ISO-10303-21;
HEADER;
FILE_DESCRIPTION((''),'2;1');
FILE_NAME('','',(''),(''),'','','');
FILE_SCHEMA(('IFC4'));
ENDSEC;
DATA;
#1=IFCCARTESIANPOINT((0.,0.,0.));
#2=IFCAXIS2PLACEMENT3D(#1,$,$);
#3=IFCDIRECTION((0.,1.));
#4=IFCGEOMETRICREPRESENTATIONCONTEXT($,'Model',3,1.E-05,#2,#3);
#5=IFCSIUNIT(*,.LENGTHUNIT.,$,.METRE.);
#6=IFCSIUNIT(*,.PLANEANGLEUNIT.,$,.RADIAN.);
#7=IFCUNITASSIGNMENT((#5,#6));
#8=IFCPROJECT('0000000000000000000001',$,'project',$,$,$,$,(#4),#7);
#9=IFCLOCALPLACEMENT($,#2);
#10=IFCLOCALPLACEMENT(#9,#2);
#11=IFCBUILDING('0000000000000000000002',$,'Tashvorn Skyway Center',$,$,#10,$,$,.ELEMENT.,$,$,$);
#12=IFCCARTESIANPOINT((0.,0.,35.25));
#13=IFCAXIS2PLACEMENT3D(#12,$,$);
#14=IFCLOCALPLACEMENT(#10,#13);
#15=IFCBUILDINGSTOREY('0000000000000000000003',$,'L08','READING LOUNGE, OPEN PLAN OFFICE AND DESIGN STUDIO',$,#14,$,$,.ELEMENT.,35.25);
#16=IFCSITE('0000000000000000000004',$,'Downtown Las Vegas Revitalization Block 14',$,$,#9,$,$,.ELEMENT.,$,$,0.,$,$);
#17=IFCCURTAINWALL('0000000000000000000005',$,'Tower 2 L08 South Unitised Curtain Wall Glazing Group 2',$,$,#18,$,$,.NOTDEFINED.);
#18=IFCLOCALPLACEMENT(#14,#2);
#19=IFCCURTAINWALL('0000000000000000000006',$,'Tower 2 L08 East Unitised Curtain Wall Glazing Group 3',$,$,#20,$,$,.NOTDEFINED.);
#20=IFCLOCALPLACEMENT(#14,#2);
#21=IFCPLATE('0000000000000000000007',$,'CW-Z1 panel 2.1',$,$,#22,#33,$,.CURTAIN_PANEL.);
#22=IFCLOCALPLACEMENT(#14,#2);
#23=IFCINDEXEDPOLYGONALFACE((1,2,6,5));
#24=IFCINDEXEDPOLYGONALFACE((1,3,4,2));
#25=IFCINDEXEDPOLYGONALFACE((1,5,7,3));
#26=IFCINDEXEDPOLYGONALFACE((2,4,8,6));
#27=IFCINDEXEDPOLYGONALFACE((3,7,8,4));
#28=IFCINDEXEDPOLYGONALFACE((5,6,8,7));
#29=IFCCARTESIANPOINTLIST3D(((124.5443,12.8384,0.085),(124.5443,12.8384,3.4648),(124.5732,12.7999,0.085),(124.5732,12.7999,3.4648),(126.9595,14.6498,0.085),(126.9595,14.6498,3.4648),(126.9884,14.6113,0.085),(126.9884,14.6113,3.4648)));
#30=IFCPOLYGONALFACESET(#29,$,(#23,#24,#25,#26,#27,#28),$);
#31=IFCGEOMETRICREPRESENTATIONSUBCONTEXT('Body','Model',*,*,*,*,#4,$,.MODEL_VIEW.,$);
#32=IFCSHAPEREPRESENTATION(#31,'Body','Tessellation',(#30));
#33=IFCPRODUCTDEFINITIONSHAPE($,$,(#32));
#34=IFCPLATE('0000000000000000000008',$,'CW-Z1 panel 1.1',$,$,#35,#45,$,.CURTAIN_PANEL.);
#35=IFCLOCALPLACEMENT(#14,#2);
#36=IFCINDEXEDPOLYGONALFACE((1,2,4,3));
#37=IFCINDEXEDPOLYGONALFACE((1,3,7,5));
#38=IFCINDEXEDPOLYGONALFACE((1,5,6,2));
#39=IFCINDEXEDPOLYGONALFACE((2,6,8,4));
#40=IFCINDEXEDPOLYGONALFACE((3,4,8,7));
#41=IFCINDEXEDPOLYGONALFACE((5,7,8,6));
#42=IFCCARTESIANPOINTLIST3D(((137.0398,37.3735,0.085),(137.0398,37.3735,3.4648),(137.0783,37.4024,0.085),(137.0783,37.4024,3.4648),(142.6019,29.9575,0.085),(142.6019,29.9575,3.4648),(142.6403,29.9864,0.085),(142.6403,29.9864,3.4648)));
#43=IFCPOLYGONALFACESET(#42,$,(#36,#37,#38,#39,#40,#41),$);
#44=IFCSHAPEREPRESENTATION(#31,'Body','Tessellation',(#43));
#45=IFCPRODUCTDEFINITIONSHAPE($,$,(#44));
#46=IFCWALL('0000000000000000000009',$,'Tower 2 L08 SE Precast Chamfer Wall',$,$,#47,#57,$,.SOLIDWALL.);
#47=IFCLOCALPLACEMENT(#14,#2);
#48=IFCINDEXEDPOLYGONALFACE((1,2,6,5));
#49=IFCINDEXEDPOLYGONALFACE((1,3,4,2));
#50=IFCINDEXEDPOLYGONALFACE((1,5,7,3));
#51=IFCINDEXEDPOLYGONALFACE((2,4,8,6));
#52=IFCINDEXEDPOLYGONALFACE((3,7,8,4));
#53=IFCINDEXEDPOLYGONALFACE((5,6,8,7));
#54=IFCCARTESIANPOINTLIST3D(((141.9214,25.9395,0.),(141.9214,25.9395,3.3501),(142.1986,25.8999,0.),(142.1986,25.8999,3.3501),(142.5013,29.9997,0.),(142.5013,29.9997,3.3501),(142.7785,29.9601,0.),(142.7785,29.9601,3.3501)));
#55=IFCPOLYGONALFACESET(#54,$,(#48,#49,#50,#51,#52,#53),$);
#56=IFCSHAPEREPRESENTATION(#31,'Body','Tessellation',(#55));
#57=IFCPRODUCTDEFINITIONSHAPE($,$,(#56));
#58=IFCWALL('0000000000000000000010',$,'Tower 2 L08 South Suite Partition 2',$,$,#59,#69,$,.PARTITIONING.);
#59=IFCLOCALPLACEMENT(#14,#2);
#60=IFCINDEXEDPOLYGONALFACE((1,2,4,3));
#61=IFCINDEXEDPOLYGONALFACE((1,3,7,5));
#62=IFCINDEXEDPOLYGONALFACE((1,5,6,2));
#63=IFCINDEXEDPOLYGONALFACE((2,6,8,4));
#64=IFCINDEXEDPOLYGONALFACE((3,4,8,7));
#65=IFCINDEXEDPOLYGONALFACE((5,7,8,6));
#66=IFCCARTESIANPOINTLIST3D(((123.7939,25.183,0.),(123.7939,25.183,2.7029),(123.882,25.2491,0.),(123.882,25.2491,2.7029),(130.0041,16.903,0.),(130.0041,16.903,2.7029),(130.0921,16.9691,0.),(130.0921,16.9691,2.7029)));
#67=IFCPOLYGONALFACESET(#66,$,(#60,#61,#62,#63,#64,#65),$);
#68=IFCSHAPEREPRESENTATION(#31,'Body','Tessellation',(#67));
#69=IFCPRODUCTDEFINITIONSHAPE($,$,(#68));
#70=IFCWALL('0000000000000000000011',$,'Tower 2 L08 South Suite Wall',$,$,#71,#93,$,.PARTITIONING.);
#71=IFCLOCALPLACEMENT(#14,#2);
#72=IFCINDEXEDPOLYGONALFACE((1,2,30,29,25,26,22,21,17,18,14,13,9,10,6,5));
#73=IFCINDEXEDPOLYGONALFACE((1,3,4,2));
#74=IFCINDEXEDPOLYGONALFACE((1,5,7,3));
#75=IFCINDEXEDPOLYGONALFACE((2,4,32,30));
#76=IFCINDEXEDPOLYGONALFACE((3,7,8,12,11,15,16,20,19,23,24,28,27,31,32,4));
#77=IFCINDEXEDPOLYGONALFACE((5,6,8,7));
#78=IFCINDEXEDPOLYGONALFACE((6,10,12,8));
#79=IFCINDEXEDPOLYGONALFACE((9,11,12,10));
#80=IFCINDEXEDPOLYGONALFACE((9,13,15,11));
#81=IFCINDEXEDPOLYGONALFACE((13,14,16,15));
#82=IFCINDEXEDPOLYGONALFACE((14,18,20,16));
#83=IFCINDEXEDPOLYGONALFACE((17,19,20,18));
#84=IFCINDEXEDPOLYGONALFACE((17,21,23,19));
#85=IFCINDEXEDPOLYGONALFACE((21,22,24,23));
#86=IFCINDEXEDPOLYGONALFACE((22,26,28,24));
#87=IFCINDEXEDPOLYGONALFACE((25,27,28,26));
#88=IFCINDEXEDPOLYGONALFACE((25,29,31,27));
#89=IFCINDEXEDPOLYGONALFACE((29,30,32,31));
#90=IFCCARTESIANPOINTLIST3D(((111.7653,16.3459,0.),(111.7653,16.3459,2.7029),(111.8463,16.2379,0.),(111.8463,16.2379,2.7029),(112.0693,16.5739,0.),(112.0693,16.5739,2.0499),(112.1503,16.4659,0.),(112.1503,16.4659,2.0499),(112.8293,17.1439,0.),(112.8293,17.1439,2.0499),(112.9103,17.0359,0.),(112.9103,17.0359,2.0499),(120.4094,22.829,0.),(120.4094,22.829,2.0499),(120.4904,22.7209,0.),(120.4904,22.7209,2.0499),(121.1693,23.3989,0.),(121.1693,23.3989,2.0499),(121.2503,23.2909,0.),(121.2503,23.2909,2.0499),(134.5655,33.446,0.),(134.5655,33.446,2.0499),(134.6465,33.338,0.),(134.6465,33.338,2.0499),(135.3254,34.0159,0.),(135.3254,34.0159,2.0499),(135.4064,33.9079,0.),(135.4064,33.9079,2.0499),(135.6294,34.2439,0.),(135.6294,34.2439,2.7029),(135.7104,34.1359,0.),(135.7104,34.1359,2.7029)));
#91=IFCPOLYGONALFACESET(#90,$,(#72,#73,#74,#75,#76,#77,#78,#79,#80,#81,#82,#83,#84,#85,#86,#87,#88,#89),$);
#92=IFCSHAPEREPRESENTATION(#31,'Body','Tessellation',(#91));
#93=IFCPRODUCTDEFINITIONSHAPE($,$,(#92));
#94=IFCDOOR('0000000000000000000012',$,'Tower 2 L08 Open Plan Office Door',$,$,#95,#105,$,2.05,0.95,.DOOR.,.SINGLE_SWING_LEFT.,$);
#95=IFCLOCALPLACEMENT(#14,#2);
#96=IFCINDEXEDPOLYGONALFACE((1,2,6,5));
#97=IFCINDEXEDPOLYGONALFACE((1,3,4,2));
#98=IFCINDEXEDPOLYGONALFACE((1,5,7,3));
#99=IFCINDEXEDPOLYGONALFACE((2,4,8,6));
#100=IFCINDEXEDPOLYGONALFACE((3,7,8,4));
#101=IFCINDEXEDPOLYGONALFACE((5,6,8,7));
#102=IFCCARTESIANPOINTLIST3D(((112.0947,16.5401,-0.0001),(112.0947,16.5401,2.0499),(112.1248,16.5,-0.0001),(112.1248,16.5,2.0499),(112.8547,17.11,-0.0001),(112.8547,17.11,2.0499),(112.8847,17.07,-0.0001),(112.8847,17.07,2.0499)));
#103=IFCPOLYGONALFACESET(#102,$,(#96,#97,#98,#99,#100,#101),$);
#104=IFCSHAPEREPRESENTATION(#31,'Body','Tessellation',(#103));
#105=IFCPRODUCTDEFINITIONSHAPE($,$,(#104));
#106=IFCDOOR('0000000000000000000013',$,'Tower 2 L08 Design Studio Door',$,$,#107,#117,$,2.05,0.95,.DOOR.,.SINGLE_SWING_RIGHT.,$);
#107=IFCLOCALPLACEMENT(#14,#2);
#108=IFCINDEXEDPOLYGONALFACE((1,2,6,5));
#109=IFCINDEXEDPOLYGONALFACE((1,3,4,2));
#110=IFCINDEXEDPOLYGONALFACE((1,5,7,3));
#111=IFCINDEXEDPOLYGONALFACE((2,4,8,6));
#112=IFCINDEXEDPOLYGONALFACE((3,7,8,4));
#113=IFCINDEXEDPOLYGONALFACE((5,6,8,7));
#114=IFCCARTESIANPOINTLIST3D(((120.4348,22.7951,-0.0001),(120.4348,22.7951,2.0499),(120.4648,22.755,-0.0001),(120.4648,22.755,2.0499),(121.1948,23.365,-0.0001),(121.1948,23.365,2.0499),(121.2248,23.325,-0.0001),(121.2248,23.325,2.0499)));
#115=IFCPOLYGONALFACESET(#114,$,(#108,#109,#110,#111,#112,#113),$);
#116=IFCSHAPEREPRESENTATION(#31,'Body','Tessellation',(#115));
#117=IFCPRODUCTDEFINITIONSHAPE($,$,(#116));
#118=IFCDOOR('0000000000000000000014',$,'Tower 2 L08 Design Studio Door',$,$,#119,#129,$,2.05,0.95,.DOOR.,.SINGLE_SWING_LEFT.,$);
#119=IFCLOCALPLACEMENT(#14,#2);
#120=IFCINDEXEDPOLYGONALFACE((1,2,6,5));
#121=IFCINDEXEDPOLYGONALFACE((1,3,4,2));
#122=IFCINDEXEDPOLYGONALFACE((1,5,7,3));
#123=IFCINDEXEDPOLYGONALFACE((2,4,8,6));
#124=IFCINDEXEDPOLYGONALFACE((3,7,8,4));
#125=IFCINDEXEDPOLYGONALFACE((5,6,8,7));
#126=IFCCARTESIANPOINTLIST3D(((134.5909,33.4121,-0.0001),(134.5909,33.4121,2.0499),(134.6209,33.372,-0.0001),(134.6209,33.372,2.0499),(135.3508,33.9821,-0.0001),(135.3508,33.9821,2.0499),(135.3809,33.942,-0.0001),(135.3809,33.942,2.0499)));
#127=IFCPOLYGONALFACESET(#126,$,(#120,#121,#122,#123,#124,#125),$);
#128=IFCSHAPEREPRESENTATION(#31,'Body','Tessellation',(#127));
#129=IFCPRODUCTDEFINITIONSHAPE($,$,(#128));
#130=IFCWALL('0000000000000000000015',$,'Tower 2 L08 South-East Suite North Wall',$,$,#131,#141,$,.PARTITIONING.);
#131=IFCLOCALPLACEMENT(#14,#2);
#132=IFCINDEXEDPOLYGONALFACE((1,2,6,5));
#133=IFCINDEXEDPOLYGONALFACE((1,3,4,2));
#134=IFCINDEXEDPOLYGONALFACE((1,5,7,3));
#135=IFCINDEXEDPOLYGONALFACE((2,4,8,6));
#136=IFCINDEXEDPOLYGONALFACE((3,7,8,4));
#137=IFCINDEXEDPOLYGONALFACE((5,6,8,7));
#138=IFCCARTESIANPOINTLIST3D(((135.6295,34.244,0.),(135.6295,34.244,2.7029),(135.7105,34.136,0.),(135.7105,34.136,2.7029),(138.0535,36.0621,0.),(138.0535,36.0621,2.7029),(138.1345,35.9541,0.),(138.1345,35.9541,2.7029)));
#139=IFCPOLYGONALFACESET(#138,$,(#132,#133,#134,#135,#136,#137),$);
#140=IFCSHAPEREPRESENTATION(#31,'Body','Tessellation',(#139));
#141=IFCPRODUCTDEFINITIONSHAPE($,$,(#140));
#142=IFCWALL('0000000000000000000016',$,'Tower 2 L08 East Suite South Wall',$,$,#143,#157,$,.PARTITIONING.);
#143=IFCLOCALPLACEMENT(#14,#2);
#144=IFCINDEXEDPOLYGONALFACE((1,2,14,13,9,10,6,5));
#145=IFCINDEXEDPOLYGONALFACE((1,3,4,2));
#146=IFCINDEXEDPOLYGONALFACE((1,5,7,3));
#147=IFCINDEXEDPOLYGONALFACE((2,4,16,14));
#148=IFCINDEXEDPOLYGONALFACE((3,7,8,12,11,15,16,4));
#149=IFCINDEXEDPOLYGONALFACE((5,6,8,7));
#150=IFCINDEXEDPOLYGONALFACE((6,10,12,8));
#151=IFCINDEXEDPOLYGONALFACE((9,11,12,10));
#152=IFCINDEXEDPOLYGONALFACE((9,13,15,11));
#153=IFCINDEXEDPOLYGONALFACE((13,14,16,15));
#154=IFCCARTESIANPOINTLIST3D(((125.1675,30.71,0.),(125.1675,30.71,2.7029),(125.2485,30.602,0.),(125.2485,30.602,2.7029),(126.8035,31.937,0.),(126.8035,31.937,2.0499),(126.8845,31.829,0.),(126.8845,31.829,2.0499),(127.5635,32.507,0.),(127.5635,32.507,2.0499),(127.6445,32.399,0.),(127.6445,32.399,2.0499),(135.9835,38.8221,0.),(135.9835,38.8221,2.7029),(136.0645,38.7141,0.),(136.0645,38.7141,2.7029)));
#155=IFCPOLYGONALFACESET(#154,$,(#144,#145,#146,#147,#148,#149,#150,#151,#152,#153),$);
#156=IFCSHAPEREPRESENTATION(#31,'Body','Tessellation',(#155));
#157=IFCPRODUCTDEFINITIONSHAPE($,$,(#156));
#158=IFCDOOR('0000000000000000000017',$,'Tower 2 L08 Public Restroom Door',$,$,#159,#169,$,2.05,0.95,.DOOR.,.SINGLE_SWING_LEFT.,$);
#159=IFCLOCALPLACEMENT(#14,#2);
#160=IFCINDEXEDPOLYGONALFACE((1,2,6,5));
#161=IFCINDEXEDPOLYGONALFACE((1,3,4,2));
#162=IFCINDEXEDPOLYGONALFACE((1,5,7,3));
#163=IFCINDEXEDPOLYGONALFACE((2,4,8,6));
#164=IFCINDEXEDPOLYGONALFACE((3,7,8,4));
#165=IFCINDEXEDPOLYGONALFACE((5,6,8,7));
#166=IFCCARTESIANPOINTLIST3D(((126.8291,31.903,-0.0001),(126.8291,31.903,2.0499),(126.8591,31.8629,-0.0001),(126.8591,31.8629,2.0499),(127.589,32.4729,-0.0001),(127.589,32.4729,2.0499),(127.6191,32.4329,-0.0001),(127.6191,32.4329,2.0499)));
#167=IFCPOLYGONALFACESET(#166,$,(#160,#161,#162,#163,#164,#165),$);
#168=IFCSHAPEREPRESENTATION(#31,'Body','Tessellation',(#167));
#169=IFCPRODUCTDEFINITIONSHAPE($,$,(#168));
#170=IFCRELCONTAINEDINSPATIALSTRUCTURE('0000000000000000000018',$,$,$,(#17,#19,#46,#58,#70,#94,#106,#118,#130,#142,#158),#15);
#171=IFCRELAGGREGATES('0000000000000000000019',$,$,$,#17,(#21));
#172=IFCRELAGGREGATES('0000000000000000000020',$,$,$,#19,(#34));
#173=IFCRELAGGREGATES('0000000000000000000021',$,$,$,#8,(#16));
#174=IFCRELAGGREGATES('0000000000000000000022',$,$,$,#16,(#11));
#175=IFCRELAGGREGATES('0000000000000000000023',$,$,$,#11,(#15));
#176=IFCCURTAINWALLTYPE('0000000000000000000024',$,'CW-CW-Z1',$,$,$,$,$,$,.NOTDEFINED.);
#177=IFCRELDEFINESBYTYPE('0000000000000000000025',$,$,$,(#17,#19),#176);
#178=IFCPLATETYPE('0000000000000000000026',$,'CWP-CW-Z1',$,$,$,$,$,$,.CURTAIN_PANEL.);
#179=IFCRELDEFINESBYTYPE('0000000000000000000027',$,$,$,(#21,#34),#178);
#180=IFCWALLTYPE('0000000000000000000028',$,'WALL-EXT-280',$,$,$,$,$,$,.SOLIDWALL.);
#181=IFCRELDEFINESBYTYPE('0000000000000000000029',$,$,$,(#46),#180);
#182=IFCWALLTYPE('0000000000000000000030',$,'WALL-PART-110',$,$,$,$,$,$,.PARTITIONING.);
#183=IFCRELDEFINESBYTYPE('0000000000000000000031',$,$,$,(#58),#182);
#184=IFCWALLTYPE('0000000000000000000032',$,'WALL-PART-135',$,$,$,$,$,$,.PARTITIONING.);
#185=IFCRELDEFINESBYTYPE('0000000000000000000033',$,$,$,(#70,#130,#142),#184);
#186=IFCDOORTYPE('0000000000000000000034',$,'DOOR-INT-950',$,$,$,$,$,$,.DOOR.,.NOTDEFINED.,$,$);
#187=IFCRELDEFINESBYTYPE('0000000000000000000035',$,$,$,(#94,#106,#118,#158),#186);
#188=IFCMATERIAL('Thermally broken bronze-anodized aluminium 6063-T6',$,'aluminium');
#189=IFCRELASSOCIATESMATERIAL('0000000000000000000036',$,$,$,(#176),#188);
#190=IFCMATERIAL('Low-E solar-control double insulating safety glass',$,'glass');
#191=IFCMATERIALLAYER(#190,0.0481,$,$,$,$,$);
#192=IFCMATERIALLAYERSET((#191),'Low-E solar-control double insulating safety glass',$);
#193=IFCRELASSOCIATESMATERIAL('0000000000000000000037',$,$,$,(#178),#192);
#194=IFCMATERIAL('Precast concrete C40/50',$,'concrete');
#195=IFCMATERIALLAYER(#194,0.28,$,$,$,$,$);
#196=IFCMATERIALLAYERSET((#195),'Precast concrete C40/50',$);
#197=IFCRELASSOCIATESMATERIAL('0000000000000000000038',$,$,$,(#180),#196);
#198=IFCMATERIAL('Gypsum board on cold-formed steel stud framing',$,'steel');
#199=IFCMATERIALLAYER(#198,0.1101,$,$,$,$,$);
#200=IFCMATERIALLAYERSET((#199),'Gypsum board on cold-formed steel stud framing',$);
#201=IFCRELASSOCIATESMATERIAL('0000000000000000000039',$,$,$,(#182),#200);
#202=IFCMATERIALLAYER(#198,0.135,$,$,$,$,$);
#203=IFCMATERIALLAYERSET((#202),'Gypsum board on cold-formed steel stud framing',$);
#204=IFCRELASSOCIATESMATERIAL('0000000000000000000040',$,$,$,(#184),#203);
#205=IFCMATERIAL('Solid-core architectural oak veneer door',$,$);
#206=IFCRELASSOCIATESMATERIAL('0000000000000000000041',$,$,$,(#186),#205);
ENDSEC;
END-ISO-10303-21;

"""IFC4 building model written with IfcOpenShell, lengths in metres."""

from ifc_helpers import new_model, si_unit, direction, frame, frame_2d, origin, origin_2d, place, context, subcontext, project, spatial, rectangle, extrude, material, layer, layer_set, type_object, element, fill, aggregate, save


model = new_model("IFC4")

# Units and contexts
model_context = context("Model", 3, precision=1e-05, world=origin(), true_north=direction((0.0, 1.0)))
body_context = subcontext(model_context, "Body", "Model", "MODEL_VIEW")
ifc_project = project(units=[si_unit("LENGTHUNIT", "METRE"), si_unit("PLANEANGLEUNIT", "RADIAN")], contexts=[model_context])

# Site, building, storey
site_placement = place(None, origin())
site = spatial("IfcSite", under=ifc_project, at=site_placement, Name="Downtown Las Vegas Revitalization Block 14", CompositionType="ELEMENT", RefElevation=0.0)
building_placement = place(site_placement, origin())
building = spatial("IfcBuilding", under=site, at=building_placement, Name="Tashvorn Skyway Center", CompositionType="ELEMENT")
storey_placement = place(building_placement, frame((0.0, 0.0, 35.25)))
storey = spatial("IfcBuildingStorey", under=building, at=storey_placement, Name="L08", Description="READING LOUNGE, OPEN PLAN OFFICE AND DESIGN STUDIO", CompositionType="ELEMENT", Elevation=35.25)

# Curtain wall
ifc_material_1 = material(Name="Thermally broken bronze-anodized aluminium 6063-T6", Category="aluminium")
curtain_wall_type = type_object("IfcCurtainWallType", Name="CW-CW-Z1", PredefinedType="NOTDEFINED", material=ifc_material_1)
curtain_wall_1_placement = place(storey_placement, origin())
curtain_wall_1 = element("IfcCurtainWall", 1, at=curtain_wall_1_placement, inside=storey, type_object=curtain_wall_type, Name="Tower 2 L08 South Unitised Curtain Wall Glazing Group 2", PredefinedType="NOTDEFINED")

# Curtain wall
curtain_wall_2_placement = place(storey_placement, origin())
curtain_wall_2 = element("IfcCurtainWall", 2, at=curtain_wall_2_placement, inside=storey, type_object=curtain_wall_type, Name="Tower 2 L08 East Unitised Curtain Wall Glazing Group 3", PredefinedType="NOTDEFINED")

# Plates
ifc_material_2 = material(Name="Low-E solar-control double insulating safety glass", Category="glass")
ifc_layer_1 = layer(ifc_material_2, 0.0481)
ifc_layer_set_1 = layer_set([ifc_layer_1], Name="Low-E solar-control double insulating safety glass")
plate_type = type_object("IfcPlateType", Name="CWP-CW-Z1", PredefinedType="CURTAIN_PANEL", material=ifc_layer_set_1)
plate_1_placement = place(storey_placement, frame((125.7664, 13.7249, 0.085), z_axis=(0.0, 0.0, 1.0), x_axis=(-0.799996, -0.600005, 0.0)))
plate_1 = element("IfcPlate", 3, at=plate_1_placement, type_object=plate_type, Name="CW-Z1 panel 2.1", PredefinedType="CURTAIN_PANEL", context=body_context, shape_type="SweptSolid", body=[
    extrude(rectangle(XDim=3.019, YDim=0.0481, at=origin_2d()), origin(), (0.0, 0.0, 1.0), 3.3799),
])
aggregate(curtain_wall_1, [plate_1])
plate_2_placement = place(storey_placement, frame((139.8401, 33.6799, 0.085), z_axis=(0.0, 0.0, 1.0), x_axis=(0.6, -0.8, 0.0)))
plate_2 = element("IfcPlate", 4, at=plate_2_placement, type_object=plate_type, Name="CW-Z1 panel 1.1", PredefinedType="CURTAIN_PANEL", context=body_context, shape_type="SweptSolid", body=[
    extrude(rectangle(XDim=9.27, YDim=0.0481, at=origin_2d()), origin(), (0.0, 0.0, 1.0), 3.3799),
])
aggregate(curtain_wall_2, [plate_2])

# Walls
ifc_material_3 = material(Name="Precast concrete C40/50", Category="concrete")
ifc_layer_2 = layer(ifc_material_3, 0.28)
ifc_layer_set_2 = layer_set([ifc_layer_2], Name="Precast concrete C40/50")
wall_type_1 = type_object("IfcWallType", Name="WALL-EXT-280", PredefinedType="SOLIDWALL", material=ifc_layer_set_2)
wall_1_placement = place(storey_placement, frame((142.6399, 29.98, 0.0), z_axis=(0.0, 0.0, 1.0), x_axis=(-0.14138, -0.989955, 0.0)))
element("IfcWall", 5, at=wall_1_placement, inside=storey, type_object=wall_type_1, Name="Tower 2 L08 SE Precast Chamfer Wall", PredefinedType="SOLIDWALL", context=body_context, shape_type="SweptSolid", body=[
    extrude(rectangle(XDim=4.1013, YDim=0.28, at=frame_2d((2.0508, 0.0))), origin(), (0.0, 0.0, 1.0), 3.3501),
])
ifc_material_4 = material(Name="Gypsum board on cold-formed steel stud framing", Category="steel")
ifc_layer_3 = layer(ifc_material_4, 0.1101)
ifc_layer_set_3 = layer_set([ifc_layer_3], Name="Gypsum board on cold-formed steel stud framing")
wall_type_2 = type_object("IfcWallType", Name="WALL-PART-110", PredefinedType="PARTITIONING", material=ifc_layer_set_3)
wall_2_placement = place(storey_placement, frame((130.0481, 16.936, 0.0), z_axis=(0.0, 0.0, 1.0), x_axis=(-0.600011, 0.799992, 0.0)))
element("IfcWall", 6, at=wall_2_placement, inside=storey, type_object=wall_type_2, Name="Tower 2 L08 South Suite Partition 2", PredefinedType="PARTITIONING", context=body_context, shape_type="SweptSolid", body=[
    extrude(rectangle(XDim=10.3501, YDim=0.1101, at=frame_2d((5.175, 0.0))), origin(), (0.0, 0.0, 1.0), 2.7029),
])

# Wall, openings, doors
ifc_layer_4 = layer(ifc_material_4, 0.135)
ifc_layer_set_4 = layer_set([ifc_layer_4], Name="Gypsum board on cold-formed steel stud framing")
wall_type_3 = type_object("IfcWallType", Name="WALL-PART-135", PredefinedType="PARTITIONING", material=ifc_layer_set_4)
wall_3_placement = place(storey_placement, frame((135.6699, 34.1899, 0.0), z_axis=(0.0, 0.0, 1.0), x_axis=(-0.800001, -0.599999, 0.0)))
wall_3 = element("IfcWall", 7, at=wall_3_placement, inside=storey, type_object=wall_type_3, Name="Tower 2 L08 South Suite Wall", PredefinedType="PARTITIONING", context=body_context, shape_type="SweptSolid", body=[
    extrude(rectangle(XDim=29.8301, YDim=0.135, at=frame_2d((14.915, 0.0))), origin(), (0.0, 0.0, 1.0), 2.7029),
])
opening_1_placement = place(wall_3_placement, frame((28.5, 0.0, 0.0)))
opening_1 = element("IfcOpeningElement", 8, at=opening_1_placement, cuts=wall_3, PredefinedType="OPENING", context=body_context, shape_type="SweptSolid", body=[
    extrude(rectangle(XDim=0.95, YDim=2.05, at=frame_2d((0.4751, 1.0249))), frame((0.0, 0.0774, 0.0), z_axis=(0.0, -1.0, 0.0), x_axis=(1.0, 0.0, 0.0)), (0.0, 0.0, 1.0), 0.155),
])
opening_2_placement = place(wall_3_placement, frame((18.075, 0.0, 0.0)))
opening_2 = element("IfcOpeningElement", 9, at=opening_2_placement, cuts=wall_3, PredefinedType="OPENING", context=body_context, shape_type="SweptSolid", body=[
    extrude(rectangle(XDim=0.95, YDim=2.05, at=frame_2d((0.4751, 1.0249))), frame((0.0, 0.0774, 0.0), z_axis=(0.0, -1.0, 0.0), x_axis=(1.0, 0.0, 0.0)), (0.0, 0.0, 1.0), 0.155),
])
opening_3_placement = place(wall_3_placement, frame((0.3799, 0.0, 0.0)))
opening_3 = element("IfcOpeningElement", 10, at=opening_3_placement, cuts=wall_3, PredefinedType="OPENING", context=body_context, shape_type="SweptSolid", body=[
    extrude(rectangle(XDim=0.95, YDim=2.05, at=frame_2d((0.4751, 1.0249))), frame((0.0, 0.0774, 0.0), z_axis=(0.0, -1.0, 0.0), x_axis=(1.0, 0.0, 0.0)), (0.0, 0.0, 1.0), 0.155),
])
ifc_material_5 = material(Name="Solid-core architectural oak veneer door")
door_type = type_object("IfcDoorType", Name="DOOR-INT-950", OperationType="NOTDEFINED", PredefinedType="DOOR", material=ifc_material_5)
door_1_placement = place(opening_1_placement, origin())
door_1 = element("IfcDoor", 11, at=door_1_placement, inside=storey, type_object=door_type, Name="Tower 2 L08 Open Plan Office Door", OperationType="SINGLE_SWING_LEFT", OverallHeight=2.05, OverallWidth=0.95, PredefinedType="DOOR", context=body_context, shape_type="SweptSolid", body=[
    extrude(rectangle(XDim=0.95, YDim=2.05, at=frame_2d((0.4751, 1.0249))), frame((0.0, 0.0249, 0.0), z_axis=(0.0, -1.0, 0.0), x_axis=(1.0, 0.0, 0.0)), (0.0, 0.0, 1.0), 0.05),
])
fill(opening_1, door_1)
door_2_placement = place(opening_2_placement, origin())
door_2 = element("IfcDoor", 12, at=door_2_placement, inside=storey, type_object=door_type, Name="Tower 2 L08 Design Studio Door", OperationType="SINGLE_SWING_RIGHT", OverallHeight=2.05, OverallWidth=0.95, PredefinedType="DOOR", context=body_context, shape_type="SweptSolid", body=[
    extrude(rectangle(XDim=0.95, YDim=2.05, at=frame_2d((0.4751, 1.0249))), frame((0.0, 0.0249, 0.0), z_axis=(0.0, -1.0, 0.0), x_axis=(1.0, 0.0, 0.0)), (0.0, 0.0, 1.0), 0.05),
])
fill(opening_2, door_2)
door_3_placement = place(opening_3_placement, origin())
door_3 = element("IfcDoor", 13, at=door_3_placement, inside=storey, type_object=door_type, Name="Tower 2 L08 Design Studio Door", OperationType="SINGLE_SWING_LEFT", OverallHeight=2.05, OverallWidth=0.95, PredefinedType="DOOR", context=body_context, shape_type="SweptSolid", body=[
    extrude(rectangle(XDim=0.95, YDim=2.05, at=frame_2d((0.4751, 1.0249))), frame((0.0, 0.0249, 0.0), z_axis=(0.0, -1.0, 0.0), x_axis=(1.0, 0.0, 0.0)), (0.0, 0.0, 1.0), 0.05),
])
fill(opening_3, door_3)

# Wall
wall_4_placement = place(storey_placement, frame((135.6699, 34.1899, 0.0), z_axis=(0.0, 0.0, 1.0), x_axis=(0.79999, 0.600013, 0.0)))
element("IfcWall", 14, at=wall_4_placement, inside=storey, type_object=wall_type_3, Name="Tower 2 L08 South-East Suite North Wall", PredefinedType="PARTITIONING", context=body_context, shape_type="SweptSolid", body=[
    extrude(rectangle(XDim=3.03, YDim=0.135, at=frame_2d((1.5151, 0.0))), origin(), (0.0, 0.0, 1.0), 2.7029),
])

# Wall, opening, door
wall_5_placement = place(storey_placement, frame((125.208, 30.656, 0.0), z_axis=(0.0, 0.0, 1.0), x_axis=(0.799996, 0.600006, 0.0)))
wall_5 = element("IfcWall", 15, at=wall_5_placement, inside=storey, type_object=wall_type_3, Name="Tower 2 L08 East Suite South Wall", PredefinedType="PARTITIONING", context=body_context, shape_type="SweptSolid", body=[
    extrude(rectangle(XDim=13.52, YDim=0.135, at=frame_2d((6.76, 0.0))), origin(), (0.0, 0.0, 1.0), 2.7029),
])
opening_4_placement = place(wall_5_placement, frame((2.0449, 0.0, 0.0)))
opening_4 = element("IfcOpeningElement", 16, at=opening_4_placement, cuts=wall_5, PredefinedType="OPENING", context=body_context, shape_type="SweptSolid", body=[
    extrude(rectangle(XDim=0.95, YDim=2.05, at=frame_2d((0.4751, 1.0249))), frame((0.0, 0.0774, 0.0), z_axis=(0.0, -1.0, 0.0), x_axis=(1.0, 0.0, 0.0)), (0.0, 0.0, 1.0), 0.155),
])
door_4_placement = place(opening_4_placement, origin())
door_4 = element("IfcDoor", 17, at=door_4_placement, inside=storey, type_object=door_type, Name="Tower 2 L08 Public Restroom Door", OperationType="SINGLE_SWING_LEFT", OverallHeight=2.05, OverallWidth=0.95, PredefinedType="DOOR", context=body_context, shape_type="SweptSolid", body=[
    extrude(rectangle(XDim=0.95, YDim=2.05, at=frame_2d((0.4751, 1.0249))), frame((0.0, 0.0249, 0.0), z_axis=(0.0, -1.0, 0.0), x_axis=(1.0, 0.0, 0.0)), (0.0, 0.0, 1.0), 0.05),
])
fill(opening_4, door_4)

save(model, "model.ifc")
